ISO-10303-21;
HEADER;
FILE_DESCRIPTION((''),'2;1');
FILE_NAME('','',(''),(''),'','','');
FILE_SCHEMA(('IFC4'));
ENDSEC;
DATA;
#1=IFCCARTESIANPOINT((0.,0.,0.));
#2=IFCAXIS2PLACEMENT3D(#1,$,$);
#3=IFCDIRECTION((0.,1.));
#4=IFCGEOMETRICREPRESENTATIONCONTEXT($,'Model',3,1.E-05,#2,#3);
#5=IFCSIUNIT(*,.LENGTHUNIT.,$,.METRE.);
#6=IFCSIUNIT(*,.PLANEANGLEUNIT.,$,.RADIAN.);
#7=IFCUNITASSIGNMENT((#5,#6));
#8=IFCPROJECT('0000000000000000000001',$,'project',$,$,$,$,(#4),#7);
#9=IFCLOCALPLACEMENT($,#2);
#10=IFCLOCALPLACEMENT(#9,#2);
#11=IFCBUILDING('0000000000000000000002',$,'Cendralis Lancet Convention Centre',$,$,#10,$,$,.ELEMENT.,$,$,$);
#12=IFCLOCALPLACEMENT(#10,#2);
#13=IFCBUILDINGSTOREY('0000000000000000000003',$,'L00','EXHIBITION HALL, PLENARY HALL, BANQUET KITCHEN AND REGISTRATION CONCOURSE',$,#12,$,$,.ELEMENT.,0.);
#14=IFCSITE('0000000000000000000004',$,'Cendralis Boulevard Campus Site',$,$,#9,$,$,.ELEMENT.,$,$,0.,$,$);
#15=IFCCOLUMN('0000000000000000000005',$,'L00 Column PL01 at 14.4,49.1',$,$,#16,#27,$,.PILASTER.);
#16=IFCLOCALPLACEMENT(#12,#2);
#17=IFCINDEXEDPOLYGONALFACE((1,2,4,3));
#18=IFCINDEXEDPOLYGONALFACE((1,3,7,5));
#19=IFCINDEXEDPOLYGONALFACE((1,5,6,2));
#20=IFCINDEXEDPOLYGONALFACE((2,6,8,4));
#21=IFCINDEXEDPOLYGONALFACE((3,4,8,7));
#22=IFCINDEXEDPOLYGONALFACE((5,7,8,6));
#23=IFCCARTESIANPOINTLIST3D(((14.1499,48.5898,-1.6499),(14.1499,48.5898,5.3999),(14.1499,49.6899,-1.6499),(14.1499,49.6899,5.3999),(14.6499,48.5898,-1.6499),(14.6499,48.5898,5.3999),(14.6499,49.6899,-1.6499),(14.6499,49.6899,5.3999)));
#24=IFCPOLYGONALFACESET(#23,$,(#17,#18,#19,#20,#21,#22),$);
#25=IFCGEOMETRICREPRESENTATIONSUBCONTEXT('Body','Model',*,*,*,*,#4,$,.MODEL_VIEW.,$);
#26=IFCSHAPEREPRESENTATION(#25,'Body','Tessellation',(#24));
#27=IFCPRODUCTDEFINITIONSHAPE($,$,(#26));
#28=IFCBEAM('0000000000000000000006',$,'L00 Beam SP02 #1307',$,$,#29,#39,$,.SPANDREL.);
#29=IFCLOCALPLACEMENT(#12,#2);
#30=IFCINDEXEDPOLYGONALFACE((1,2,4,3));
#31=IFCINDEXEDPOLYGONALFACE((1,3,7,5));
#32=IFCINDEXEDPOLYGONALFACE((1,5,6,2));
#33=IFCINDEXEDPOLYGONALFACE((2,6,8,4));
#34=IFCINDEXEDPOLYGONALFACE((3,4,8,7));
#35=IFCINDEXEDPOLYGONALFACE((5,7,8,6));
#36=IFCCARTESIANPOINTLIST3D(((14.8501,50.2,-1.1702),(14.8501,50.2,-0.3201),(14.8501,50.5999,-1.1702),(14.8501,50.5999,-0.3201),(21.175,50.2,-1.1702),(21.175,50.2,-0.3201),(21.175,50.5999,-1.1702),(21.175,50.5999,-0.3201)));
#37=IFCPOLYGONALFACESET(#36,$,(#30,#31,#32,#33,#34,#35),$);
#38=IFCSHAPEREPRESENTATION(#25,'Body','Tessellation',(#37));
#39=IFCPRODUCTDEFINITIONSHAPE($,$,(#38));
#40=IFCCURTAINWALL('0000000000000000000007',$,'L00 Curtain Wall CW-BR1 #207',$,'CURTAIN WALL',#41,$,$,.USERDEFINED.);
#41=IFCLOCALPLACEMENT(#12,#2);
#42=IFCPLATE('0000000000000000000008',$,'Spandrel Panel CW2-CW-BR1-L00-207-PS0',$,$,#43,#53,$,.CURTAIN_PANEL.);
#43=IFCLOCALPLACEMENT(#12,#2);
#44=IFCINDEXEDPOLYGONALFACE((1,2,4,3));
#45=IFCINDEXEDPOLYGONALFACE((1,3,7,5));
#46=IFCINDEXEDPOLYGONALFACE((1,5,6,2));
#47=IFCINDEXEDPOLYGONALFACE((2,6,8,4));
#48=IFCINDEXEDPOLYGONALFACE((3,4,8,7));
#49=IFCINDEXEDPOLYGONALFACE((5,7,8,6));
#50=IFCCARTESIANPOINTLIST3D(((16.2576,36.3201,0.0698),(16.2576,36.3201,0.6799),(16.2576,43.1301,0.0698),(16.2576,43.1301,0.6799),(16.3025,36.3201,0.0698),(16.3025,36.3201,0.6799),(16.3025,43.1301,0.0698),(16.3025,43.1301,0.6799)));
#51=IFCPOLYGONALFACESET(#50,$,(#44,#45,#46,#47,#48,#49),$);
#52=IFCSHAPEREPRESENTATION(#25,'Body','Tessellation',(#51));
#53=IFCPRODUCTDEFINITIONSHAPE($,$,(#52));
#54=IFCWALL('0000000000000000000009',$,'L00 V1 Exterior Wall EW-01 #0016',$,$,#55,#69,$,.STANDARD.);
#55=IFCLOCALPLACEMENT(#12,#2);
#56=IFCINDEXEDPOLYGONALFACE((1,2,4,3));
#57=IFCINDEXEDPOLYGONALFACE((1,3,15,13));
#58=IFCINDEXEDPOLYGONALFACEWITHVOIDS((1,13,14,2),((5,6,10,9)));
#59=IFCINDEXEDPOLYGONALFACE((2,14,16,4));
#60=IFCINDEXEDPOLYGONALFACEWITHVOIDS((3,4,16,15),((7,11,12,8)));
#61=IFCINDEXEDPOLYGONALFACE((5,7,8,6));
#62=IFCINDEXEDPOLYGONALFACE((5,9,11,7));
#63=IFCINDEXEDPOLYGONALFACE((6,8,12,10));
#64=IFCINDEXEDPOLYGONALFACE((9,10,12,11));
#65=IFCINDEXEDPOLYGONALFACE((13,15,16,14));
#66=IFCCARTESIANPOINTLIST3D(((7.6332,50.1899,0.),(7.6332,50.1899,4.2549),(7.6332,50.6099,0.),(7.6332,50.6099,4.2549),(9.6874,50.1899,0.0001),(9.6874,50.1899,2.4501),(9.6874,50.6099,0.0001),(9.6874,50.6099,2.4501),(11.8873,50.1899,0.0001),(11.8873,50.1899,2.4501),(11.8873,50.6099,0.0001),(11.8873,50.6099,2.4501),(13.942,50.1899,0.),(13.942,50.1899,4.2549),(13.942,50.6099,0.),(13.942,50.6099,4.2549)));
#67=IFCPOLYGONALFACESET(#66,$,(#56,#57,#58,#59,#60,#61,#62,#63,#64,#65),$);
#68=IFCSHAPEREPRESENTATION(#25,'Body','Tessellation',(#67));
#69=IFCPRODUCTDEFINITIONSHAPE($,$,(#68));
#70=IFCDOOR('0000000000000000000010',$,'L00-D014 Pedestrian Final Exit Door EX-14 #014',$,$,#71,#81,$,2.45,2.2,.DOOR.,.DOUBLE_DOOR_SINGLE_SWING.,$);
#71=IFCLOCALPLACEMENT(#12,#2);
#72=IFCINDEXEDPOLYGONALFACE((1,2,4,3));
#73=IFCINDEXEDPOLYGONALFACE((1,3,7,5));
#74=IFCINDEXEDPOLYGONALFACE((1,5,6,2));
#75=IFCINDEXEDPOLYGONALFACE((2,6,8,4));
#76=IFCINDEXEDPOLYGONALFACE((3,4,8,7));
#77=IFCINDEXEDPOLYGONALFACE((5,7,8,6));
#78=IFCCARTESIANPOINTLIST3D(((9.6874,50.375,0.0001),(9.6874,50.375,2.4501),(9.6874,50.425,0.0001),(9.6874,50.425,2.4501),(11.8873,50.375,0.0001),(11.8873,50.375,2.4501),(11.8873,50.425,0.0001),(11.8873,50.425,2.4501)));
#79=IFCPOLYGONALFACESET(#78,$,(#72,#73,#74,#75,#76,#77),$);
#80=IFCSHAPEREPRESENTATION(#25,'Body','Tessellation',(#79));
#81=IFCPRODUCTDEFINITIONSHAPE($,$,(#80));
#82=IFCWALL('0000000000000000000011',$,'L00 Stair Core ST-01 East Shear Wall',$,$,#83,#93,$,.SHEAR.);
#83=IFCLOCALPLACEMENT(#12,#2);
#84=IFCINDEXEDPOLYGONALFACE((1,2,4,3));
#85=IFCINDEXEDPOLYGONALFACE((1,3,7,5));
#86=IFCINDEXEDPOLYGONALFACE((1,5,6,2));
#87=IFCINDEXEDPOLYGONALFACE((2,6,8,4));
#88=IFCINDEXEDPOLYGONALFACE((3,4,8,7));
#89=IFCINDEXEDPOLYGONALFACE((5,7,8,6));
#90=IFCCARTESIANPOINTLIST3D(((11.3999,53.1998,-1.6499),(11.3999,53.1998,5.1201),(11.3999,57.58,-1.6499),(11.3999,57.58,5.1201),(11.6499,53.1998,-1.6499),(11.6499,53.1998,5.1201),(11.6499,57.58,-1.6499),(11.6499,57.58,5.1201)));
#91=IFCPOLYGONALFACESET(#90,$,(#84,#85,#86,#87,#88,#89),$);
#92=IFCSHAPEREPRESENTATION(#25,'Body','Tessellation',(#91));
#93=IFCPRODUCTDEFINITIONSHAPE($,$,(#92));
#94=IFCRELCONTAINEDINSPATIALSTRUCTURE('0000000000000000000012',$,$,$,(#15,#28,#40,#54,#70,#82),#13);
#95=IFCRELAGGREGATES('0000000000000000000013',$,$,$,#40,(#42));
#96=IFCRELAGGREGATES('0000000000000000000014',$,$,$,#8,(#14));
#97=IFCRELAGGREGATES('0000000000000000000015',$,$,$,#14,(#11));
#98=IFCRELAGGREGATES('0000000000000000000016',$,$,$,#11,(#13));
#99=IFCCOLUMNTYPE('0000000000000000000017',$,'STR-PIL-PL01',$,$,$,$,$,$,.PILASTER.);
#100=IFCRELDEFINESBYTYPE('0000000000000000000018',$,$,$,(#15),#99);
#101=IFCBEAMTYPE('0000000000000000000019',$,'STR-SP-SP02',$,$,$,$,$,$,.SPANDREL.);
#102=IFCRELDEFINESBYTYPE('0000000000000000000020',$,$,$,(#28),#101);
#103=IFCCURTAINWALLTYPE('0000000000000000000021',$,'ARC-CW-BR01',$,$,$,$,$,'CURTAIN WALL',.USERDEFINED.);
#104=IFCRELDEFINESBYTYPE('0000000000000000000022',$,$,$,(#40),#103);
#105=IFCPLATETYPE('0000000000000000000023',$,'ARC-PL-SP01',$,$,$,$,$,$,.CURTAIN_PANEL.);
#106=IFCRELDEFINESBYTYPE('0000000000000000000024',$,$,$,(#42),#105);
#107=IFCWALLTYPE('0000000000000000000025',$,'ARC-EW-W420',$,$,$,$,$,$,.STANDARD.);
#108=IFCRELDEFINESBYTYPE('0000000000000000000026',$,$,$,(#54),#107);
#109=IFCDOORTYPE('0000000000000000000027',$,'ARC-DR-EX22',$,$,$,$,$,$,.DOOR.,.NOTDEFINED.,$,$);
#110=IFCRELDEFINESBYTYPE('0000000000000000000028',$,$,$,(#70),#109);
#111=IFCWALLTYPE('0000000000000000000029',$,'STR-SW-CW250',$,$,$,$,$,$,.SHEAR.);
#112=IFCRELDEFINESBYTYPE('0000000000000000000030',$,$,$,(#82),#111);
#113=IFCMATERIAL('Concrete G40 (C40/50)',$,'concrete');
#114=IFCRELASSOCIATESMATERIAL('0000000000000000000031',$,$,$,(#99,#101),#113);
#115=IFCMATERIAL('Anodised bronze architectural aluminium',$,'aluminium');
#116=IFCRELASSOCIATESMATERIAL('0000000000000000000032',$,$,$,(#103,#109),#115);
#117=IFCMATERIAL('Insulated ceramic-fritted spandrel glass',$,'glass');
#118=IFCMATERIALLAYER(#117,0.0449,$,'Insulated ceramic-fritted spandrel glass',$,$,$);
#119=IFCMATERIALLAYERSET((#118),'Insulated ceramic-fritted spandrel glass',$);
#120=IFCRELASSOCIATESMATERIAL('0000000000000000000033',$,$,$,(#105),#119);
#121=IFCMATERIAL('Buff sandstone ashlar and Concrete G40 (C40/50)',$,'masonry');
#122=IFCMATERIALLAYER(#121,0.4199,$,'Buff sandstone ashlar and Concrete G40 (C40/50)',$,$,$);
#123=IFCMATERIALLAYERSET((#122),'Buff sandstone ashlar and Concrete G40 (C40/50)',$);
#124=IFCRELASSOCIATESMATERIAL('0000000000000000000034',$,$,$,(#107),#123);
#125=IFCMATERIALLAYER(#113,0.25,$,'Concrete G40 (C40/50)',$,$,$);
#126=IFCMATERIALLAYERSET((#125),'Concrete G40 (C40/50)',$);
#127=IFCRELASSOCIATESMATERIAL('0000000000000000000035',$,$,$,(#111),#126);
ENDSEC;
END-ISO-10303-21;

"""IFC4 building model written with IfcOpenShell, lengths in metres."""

from ifc_helpers import new_model, si_unit, direction, frame, frame_2d, origin, origin_2d, place, context, subcontext, project, spatial, rectangle, extrude, material, layer, layer_set, material_profile, profile_set, type_object, element, fill, aggregate, save


model = new_model("IFC4")

# Units and contexts
model_context = context("Model", 3, precision=1e-05, world=origin(), true_north=direction((0.0, 1.0)))
body_context = subcontext(model_context, "Body", "Model", "MODEL_VIEW")
ifc_project = project(units=[si_unit("LENGTHUNIT", "METRE"), si_unit("PLANEANGLEUNIT", "RADIAN")], contexts=[model_context])

# Site, building, storey
site_placement = place(None, origin())
site = spatial("IfcSite", under=ifc_project, at=site_placement, Name="Cendralis Boulevard Campus Site", CompositionType="ELEMENT", RefElevation=0.0)
building_placement = place(site_placement, origin())
building = spatial("IfcBuilding", under=site, at=building_placement, Name="Cendralis Lancet Convention Centre", CompositionType="ELEMENT")
storey_placement = place(building_placement, origin())
storey = spatial("IfcBuildingStorey", under=building, at=storey_placement, Name="L00", Description="EXHIBITION HALL, PLENARY HALL, BANQUET KITCHEN AND REGISTRATION CONCOURSE", CompositionType="ELEMENT", Elevation=0.0)

# Column
ifc_material_1 = material(Name="Concrete G40 (C40/50)", Category="concrete")
ifc_material_profile_1 = material_profile(ifc_material_1, rectangle(XDim=0.5, YDim=1.1001, at=origin_2d()), Name="RC 500x1100")
ifc_profile_set_1 = profile_set([ifc_material_profile_1], Name="Concrete G40 (C40/50)")
column_type_1 = type_object("IfcColumnType", Name="STR-PIL-PL01", PredefinedType="PILASTER", material=ifc_profile_set_1)
for number, where, z_axis, x_axis, name in (
    (1, (14.3999, 49.1399, -1.6499), (0.0, 0.0, 1.0), (1.0, 0.0, 0.0), "L00 Column PL01 at 14.4,49.1"),
):
    element("IfcColumn", number, at=place(storey_placement, frame(where, z_axis=z_axis, x_axis=x_axis)), inside=storey, type_object=column_type_1, Name=name, PredefinedType="PILASTER", context=body_context, shape_type="SweptSolid", body=[
        extrude(rectangle(XDim=0.5, YDim=1.1001, at=origin_2d()), origin(), (0.0, 0.0, 1.0), 7.0498),
    ])

# Beam
ifc_material_profile_2 = material_profile(ifc_material_1, rectangle(XDim=0.3999, YDim=0.8501, at=origin_2d()), Name="RCB 400x850")
ifc_profile_set_2 = profile_set([ifc_material_profile_2], Name="Concrete G40 (C40/50)")
beam_type = type_object("IfcBeamType", Name="STR-SP-SP02", PredefinedType="SPANDREL", material=ifc_profile_set_2)
beam_placement = place(storey_placement, frame((14.8501, 50.3999, -0.7451), z_axis=(1.0, 0.0, 0.0), x_axis=(0.0, 1.0, 0.0)))
element("IfcBeam", 2, at=beam_placement, inside=storey, type_object=beam_type, Name="L00 Beam SP02 #1307", PredefinedType="SPANDREL", context=body_context, shape_type="SweptSolid", body=[
    extrude(rectangle(XDim=0.3999, YDim=0.8501, at=origin_2d()), origin(), (0.0, 0.0, 1.0), 6.325),
])

# Curtain wall, plate
ifc_material_2 = material(Name="Anodised bronze architectural aluminium", Category="aluminium")
curtain_wall_type = type_object("IfcCurtainWallType", Name="ARC-CW-BR01", ElementType="CURTAIN WALL", PredefinedType="USERDEFINED", material=ifc_material_2)
curtain_wall_placement = place(storey_placement, origin())
curtain_wall = element("IfcCurtainWall", 3, at=curtain_wall_placement, inside=storey, type_object=curtain_wall_type, Name="L00 Curtain Wall CW-BR1 #207", ObjectType="CURTAIN WALL", PredefinedType="USERDEFINED")
ifc_material_3 = material(Name="Insulated ceramic-fritted spandrel glass", Category="glass")
ifc_layer_1 = layer(ifc_material_3, 0.0449, Name="Insulated ceramic-fritted spandrel glass")
ifc_layer_set_1 = layer_set([ifc_layer_1], Name="Insulated ceramic-fritted spandrel glass")
plate_type = type_object("IfcPlateType", Name="ARC-PL-SP01", PredefinedType="CURTAIN_PANEL", material=ifc_layer_set_1)
plate_placement = place(storey_placement, frame((16.28, 39.7251, 0.0698), z_axis=(0.0, 0.0, 1.0), x_axis=(0.0, 1.0, 0.0)))
plate = element("IfcPlate", 4, at=plate_placement, type_object=plate_type, Name="Spandrel Panel CW2-CW-BR1-L00-207-PS0", PredefinedType="CURTAIN_PANEL", context=body_context, shape_type="SweptSolid", body=[
    extrude(rectangle(XDim=6.8101, YDim=0.0449, at=origin_2d()), origin(), (0.0, 0.0, 1.0), 0.6101),
])
aggregate(curtain_wall, [plate])

# Wall, opening, door
ifc_material_4 = material(Name="Buff sandstone ashlar and Concrete G40 (C40/50)", Category="masonry")
ifc_layer_2 = layer(ifc_material_4, 0.4199, Name="Buff sandstone ashlar and Concrete G40 (C40/50)")
ifc_layer_set_2 = layer_set([ifc_layer_2], Name="Buff sandstone ashlar and Concrete G40 (C40/50)")
wall_type_1 = type_object("IfcWallType", Name="ARC-EW-W420", PredefinedType="STANDARD", material=ifc_layer_set_2)
wall_1_placement = place(storey_placement, frame((13.9419, 50.3999, 0.0), z_axis=(0.0, 0.0, 1.0), x_axis=(-1.0, 0.0, 0.0)))
wall_1 = element("IfcWall", 5, at=wall_1_placement, inside=storey, type_object=wall_type_1, Name="L00 V1 Exterior Wall EW-01 #0016", PredefinedType="STANDARD", context=body_context, shape_type="SweptSolid", body=[
    extrude(rectangle(XDim=6.3088, YDim=0.4199, at=frame_2d((3.1543, 0.0))), origin(), (0.0, 0.0, 1.0), 4.2549),
])
opening_placement = place(wall_1_placement, frame((2.0544, 0.0, 0.0)))
opening = element("IfcOpeningElement", 6, at=opening_placement, cuts=wall_1, PredefinedType="OPENING", context=body_context, shape_type="SweptSolid", body=[
    extrude(rectangle(XDim=2.2, YDim=2.45, at=frame_2d((1.1001, 1.2251))), frame((0.0, 0.22, 0.0), z_axis=(0.0, -1.0, 0.0), x_axis=(1.0, 0.0, 0.0)), (0.0, 0.0, 1.0), 0.4399),
])
door_type = type_object("IfcDoorType", Name="ARC-DR-EX22", OperationType="NOTDEFINED", PredefinedType="DOOR", material=ifc_material_2)
door_placement = place(opening_placement, origin())
door = element("IfcDoor", 7, at=door_placement, inside=storey, type_object=door_type, Name="L00-D014 Pedestrian Final Exit Door EX-14 #014", OperationType="DOUBLE_DOOR_SINGLE_SWING", OverallHeight=2.45, OverallWidth=2.2, PredefinedType="DOOR", context=body_context, shape_type="SweptSolid", body=[
    extrude(rectangle(XDim=2.2, YDim=2.45, at=frame_2d((1.1001, 1.2251))), frame((0.0, 0.0249, 0.0), z_axis=(0.0, -1.0, 0.0), x_axis=(1.0, 0.0, 0.0)), (0.0, 0.0, 1.0), 0.05),
])
fill(opening, door)

# Wall
ifc_layer_3 = layer(ifc_material_1, 0.25, Name="Concrete G40 (C40/50)")
ifc_layer_set_3 = layer_set([ifc_layer_3], Name="Concrete G40 (C40/50)")
wall_type_2 = type_object("IfcWallType", Name="STR-SW-CW250", PredefinedType="SHEAR", material=ifc_layer_set_3)
wall_2_placement = place(storey_placement, frame((11.5249, 53.2, -1.6499), z_axis=(0.0, 0.0, 1.0), x_axis=(0.0, 1.0, 0.0)))
element("IfcWall", 8, at=wall_2_placement, inside=storey, type_object=wall_type_2, Name="L00 Stair Core ST-01 East Shear Wall", PredefinedType="SHEAR", context=body_context, shape_type="SweptSolid", body=[
    extrude(rectangle(XDim=4.3801, YDim=0.25, at=frame_2d((2.1899, 0.0))), origin(), (0.0, 0.0, 1.0), 6.77),
])

save(model, "model.ifc")
